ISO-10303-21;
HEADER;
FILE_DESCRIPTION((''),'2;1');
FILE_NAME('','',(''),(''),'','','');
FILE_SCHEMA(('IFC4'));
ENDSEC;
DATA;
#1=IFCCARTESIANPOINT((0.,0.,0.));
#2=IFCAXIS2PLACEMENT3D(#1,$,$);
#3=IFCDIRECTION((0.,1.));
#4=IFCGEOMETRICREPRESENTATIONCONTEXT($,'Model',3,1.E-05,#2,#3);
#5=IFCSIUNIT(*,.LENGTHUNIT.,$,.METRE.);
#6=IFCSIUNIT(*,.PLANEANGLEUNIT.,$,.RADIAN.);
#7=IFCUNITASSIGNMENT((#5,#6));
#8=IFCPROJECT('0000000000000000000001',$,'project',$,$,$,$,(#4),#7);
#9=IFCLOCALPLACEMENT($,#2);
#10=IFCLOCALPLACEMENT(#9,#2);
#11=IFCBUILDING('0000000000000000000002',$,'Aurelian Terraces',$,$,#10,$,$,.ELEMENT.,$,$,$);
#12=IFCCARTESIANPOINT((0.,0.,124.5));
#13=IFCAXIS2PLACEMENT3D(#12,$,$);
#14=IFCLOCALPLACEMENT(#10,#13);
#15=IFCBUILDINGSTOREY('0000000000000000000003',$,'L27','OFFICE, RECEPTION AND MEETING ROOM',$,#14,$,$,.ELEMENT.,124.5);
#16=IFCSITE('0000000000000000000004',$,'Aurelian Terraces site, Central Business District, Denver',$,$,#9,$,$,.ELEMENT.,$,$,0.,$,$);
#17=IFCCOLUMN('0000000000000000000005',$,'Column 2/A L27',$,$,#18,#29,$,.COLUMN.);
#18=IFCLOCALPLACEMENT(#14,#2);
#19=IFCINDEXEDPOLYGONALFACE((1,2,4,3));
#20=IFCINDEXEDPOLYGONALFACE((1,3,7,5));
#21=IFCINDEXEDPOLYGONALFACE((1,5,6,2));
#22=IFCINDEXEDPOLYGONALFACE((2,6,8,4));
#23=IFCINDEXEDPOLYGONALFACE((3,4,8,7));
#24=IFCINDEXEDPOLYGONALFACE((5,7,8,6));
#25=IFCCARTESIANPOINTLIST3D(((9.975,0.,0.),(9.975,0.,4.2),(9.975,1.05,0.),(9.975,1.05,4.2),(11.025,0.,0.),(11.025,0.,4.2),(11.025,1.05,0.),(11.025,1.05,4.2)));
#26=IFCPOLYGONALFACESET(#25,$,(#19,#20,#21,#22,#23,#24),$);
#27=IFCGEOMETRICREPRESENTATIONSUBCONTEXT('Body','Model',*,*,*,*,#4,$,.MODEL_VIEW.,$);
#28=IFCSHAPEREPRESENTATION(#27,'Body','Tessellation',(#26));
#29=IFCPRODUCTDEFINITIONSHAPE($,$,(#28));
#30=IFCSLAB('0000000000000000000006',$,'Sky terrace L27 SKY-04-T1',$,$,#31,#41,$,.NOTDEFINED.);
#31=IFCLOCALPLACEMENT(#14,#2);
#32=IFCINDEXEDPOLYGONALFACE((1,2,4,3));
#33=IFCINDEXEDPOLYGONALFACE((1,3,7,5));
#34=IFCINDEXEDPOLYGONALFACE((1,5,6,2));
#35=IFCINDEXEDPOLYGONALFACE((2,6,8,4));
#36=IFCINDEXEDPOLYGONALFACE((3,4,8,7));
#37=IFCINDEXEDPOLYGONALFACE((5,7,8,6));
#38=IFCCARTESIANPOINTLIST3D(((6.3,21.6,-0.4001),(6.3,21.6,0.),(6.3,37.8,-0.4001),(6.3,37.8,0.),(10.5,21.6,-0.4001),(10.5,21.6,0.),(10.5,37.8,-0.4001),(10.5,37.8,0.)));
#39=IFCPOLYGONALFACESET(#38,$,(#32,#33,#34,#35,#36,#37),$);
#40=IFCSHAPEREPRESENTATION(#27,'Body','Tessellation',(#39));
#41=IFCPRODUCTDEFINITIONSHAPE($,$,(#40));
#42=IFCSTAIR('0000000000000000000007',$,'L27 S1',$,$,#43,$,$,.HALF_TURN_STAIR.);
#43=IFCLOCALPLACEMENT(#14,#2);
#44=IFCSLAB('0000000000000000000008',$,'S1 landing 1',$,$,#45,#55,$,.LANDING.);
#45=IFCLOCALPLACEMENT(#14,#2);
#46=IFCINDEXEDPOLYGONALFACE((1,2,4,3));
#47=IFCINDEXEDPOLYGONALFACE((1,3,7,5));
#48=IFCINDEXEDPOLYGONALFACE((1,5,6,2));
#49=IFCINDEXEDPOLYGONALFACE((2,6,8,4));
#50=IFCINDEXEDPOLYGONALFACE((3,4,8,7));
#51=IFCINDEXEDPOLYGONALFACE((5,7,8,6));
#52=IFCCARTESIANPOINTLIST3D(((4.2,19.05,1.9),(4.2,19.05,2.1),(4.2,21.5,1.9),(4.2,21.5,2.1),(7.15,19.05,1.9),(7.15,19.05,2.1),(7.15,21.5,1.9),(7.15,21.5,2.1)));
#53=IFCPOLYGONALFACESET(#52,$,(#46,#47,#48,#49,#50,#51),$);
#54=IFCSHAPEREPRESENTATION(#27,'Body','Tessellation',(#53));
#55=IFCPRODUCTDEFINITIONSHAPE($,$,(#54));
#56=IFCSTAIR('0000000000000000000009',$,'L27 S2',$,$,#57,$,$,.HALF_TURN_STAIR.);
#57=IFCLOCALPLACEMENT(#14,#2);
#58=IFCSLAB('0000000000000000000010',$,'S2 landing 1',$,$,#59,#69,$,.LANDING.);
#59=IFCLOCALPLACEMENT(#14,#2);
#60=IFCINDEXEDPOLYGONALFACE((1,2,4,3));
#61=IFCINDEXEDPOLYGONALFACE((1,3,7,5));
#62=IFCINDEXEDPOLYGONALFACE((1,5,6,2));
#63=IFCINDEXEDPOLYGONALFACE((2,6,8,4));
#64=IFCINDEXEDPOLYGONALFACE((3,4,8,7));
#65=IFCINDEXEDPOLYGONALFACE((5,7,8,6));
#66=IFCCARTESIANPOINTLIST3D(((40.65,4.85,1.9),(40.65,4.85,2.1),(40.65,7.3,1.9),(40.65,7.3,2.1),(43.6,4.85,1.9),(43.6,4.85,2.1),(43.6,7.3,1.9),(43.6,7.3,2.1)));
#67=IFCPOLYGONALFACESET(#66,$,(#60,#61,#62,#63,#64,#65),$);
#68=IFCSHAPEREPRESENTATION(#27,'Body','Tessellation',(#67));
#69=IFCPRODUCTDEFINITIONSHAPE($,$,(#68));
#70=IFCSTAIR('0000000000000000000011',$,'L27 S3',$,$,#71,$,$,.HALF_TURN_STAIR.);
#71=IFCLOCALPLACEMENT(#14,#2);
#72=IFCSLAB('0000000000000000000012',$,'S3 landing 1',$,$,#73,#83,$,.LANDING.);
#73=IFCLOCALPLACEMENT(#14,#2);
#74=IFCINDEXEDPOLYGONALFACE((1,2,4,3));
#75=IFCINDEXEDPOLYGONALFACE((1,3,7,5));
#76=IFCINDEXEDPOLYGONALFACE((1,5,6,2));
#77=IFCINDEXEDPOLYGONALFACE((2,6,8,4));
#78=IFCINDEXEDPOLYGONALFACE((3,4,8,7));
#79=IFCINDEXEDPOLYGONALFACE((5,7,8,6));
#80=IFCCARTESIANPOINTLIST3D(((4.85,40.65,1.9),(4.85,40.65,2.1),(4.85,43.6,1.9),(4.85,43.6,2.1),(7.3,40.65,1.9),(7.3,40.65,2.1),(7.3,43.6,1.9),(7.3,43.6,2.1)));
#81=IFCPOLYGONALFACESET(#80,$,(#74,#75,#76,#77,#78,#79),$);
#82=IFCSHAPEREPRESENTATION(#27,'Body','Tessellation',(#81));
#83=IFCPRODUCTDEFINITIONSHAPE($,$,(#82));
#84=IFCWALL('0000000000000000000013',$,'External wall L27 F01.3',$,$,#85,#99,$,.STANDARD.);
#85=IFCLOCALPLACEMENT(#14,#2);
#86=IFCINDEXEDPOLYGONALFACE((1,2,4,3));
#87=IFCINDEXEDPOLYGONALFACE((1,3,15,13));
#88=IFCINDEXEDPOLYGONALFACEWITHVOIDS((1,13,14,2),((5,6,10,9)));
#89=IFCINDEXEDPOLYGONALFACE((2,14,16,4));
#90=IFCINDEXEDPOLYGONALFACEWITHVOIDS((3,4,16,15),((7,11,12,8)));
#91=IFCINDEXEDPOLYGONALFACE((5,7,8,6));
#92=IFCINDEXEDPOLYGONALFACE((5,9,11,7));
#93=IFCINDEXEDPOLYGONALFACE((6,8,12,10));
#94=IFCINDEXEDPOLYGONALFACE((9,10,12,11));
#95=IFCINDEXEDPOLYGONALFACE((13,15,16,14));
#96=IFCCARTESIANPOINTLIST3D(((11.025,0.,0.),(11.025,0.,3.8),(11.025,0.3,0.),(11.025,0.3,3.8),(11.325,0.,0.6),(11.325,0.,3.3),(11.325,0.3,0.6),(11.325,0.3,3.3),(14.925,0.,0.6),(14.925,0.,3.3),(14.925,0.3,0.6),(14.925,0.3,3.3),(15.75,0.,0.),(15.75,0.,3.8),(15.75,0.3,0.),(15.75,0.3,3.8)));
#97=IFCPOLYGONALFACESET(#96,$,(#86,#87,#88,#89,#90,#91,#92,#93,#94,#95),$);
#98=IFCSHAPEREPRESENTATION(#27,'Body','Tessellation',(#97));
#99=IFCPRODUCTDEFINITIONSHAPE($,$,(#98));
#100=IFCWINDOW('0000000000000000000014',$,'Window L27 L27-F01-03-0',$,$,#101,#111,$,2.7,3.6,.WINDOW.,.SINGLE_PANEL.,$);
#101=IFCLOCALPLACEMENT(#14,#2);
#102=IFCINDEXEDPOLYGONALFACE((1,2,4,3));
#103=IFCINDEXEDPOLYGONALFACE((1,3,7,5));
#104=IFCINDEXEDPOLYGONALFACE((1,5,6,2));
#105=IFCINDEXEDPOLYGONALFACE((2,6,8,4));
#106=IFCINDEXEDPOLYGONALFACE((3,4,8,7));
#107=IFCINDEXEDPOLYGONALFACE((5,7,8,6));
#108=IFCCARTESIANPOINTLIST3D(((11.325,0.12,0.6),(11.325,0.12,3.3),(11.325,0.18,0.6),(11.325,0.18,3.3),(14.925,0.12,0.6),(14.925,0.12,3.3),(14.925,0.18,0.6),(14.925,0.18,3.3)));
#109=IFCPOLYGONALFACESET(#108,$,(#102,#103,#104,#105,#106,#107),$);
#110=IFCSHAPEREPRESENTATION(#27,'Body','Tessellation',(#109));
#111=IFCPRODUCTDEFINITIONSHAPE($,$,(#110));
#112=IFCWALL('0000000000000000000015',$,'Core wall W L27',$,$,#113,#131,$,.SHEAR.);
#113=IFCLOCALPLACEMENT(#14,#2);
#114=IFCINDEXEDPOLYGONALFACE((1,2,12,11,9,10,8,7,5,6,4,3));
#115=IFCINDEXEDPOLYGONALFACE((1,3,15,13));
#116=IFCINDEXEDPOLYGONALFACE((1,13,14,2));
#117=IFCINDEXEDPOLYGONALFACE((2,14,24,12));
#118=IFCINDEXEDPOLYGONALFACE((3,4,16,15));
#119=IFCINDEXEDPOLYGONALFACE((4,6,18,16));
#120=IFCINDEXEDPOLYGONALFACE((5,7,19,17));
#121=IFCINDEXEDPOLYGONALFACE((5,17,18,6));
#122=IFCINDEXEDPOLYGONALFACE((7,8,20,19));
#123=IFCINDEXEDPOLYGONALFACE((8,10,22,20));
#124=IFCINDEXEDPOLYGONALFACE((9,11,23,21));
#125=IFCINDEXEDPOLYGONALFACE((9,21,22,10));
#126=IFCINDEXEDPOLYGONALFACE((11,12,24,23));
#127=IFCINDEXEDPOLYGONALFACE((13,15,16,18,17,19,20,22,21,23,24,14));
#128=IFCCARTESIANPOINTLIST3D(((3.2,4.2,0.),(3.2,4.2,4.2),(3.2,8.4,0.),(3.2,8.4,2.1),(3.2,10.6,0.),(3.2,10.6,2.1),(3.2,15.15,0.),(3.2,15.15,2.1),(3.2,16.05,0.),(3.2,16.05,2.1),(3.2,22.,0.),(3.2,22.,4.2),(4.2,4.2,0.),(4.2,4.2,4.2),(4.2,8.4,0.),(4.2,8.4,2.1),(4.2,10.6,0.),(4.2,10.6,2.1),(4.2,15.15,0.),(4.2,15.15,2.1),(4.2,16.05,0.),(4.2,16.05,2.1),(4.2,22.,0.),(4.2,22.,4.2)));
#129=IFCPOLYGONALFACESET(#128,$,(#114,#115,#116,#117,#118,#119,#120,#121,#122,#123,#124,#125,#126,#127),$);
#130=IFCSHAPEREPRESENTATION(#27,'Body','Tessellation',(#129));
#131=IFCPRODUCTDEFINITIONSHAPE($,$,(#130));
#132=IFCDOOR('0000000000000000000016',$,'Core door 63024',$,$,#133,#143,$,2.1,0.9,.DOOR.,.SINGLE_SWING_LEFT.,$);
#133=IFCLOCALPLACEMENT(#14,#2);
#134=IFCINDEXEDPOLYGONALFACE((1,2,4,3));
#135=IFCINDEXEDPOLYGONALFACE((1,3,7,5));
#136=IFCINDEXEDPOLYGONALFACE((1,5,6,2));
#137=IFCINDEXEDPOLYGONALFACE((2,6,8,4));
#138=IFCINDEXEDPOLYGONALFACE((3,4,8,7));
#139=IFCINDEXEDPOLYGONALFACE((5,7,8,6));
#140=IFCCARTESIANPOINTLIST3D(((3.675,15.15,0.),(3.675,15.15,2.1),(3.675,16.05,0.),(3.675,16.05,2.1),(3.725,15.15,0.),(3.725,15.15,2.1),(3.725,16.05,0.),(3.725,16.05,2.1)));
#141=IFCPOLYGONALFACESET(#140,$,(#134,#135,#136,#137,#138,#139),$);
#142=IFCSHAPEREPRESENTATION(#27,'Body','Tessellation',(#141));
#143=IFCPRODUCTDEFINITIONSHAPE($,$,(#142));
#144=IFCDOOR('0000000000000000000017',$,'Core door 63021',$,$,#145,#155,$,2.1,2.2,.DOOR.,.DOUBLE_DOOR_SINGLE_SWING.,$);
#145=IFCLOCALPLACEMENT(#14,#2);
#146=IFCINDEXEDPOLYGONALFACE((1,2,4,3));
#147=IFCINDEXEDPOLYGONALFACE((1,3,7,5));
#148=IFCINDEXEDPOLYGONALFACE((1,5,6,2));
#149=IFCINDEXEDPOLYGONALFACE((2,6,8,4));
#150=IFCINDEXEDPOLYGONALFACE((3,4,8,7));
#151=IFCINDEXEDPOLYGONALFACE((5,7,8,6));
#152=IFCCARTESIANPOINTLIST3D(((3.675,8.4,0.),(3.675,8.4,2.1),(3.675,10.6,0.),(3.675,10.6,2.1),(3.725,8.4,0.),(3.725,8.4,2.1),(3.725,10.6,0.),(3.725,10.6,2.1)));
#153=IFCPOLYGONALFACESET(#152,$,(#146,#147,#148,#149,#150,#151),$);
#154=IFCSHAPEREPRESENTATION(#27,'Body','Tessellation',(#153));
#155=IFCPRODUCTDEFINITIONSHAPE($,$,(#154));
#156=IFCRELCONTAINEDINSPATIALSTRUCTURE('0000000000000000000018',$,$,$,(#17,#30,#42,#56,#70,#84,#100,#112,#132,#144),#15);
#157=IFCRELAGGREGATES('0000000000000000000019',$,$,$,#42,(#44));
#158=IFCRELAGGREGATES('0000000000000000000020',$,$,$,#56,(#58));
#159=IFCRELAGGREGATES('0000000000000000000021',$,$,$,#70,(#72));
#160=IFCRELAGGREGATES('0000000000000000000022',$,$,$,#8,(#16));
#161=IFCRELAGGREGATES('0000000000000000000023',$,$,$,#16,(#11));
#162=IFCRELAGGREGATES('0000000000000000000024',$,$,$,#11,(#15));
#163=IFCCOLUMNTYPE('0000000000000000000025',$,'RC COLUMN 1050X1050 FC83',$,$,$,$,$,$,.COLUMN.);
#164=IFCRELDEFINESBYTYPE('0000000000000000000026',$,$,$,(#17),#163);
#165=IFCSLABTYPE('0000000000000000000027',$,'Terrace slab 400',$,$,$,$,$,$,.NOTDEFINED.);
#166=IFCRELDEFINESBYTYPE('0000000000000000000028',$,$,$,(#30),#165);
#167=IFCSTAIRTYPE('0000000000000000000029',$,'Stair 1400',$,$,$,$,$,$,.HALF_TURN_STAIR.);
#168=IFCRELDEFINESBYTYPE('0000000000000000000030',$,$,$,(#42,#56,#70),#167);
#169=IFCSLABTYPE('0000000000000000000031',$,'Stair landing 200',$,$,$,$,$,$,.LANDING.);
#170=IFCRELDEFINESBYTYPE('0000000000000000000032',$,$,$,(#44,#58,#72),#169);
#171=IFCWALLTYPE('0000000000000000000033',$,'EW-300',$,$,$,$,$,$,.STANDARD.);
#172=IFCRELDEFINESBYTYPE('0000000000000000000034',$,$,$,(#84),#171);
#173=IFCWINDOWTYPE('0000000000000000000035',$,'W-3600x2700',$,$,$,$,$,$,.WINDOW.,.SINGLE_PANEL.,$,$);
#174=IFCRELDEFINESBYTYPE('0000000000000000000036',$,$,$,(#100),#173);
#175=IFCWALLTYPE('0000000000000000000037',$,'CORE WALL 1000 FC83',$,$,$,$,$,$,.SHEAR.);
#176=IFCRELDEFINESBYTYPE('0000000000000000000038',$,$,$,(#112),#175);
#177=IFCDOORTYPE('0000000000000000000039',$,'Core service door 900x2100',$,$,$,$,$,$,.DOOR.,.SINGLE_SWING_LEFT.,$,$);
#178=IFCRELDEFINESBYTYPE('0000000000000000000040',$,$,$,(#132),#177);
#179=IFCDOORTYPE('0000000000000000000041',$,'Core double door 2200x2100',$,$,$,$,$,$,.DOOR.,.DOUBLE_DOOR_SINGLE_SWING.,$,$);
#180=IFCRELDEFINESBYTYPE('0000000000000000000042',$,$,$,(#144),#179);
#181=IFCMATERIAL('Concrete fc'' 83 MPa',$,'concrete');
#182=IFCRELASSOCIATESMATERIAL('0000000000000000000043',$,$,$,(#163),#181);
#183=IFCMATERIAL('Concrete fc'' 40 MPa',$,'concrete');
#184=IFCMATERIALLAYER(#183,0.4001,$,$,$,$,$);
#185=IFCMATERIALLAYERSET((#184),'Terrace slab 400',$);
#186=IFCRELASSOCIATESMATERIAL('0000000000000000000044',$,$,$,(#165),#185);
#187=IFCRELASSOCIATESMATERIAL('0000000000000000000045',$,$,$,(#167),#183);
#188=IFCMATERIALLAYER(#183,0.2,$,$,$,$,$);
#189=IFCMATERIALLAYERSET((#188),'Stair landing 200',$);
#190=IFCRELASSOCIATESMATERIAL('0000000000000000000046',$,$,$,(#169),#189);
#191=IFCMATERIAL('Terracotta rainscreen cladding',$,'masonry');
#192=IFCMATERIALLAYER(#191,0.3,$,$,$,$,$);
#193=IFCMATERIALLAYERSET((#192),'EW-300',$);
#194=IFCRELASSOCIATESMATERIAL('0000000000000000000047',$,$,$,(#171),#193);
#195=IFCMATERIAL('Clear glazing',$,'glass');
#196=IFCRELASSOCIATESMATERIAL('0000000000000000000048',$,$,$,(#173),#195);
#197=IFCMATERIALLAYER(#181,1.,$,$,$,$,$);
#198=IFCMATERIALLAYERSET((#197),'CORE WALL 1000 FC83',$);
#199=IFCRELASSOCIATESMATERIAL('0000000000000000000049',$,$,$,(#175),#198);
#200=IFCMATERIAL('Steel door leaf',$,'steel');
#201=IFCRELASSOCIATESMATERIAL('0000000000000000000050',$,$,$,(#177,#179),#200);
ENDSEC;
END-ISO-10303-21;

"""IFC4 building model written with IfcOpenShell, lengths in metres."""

from ifc_helpers import new_model, si_unit, direction, frame, frame_2d, origin, origin_2d, place, context, subcontext, project, spatial, polyline, rectangle, outline, extrude, source, transform, mapped, material, layer, layer_set, material_profile, profile_set, type_object, element, fill, aggregate, save


model = new_model("IFC4")

# Units and contexts
model_context = context("Model", 3, precision=1e-05, world=origin(), true_north=direction((0.0, 1.0)))
body_context = subcontext(model_context, "Body", "Model", "MODEL_VIEW")
ifc_project = project(units=[si_unit("LENGTHUNIT", "METRE"), si_unit("PLANEANGLEUNIT", "RADIAN")], contexts=[model_context])

# Site, building, storey
site_placement = place(None, origin())
site = spatial("IfcSite", under=ifc_project, at=site_placement, Name="Aurelian Terraces site, Central Business District, Denver", CompositionType="ELEMENT", RefElevation=0.0)
building_placement = place(site_placement, origin())
building = spatial("IfcBuilding", under=site, at=building_placement, Name="Aurelian Terraces", CompositionType="ELEMENT")
storey_placement = place(building_placement, frame((0.0, 0.0, 124.5)))
storey = spatial("IfcBuildingStorey", under=building, at=storey_placement, Name="L27", Description="OFFICE, RECEPTION AND MEETING ROOM", CompositionType="ELEMENT", Elevation=124.5)

# Column
ifc_material_1 = material(Name="Concrete fc' 83 MPa", Category="concrete")
ifc_material_profile = material_profile(ifc_material_1, rectangle(XDim=1.05, YDim=1.05, at=origin_2d()))
ifc_profile_set = profile_set([ifc_material_profile], Name="Concrete fc' 83 MPa")
column_type = type_object("IfcColumnType", Name="RC COLUMN 1050X1050 FC83", PredefinedType="COLUMN", material=ifc_profile_set)
shared_shape_1 = source(origin(), body_context, "Body", "SweptSolid", [
    extrude(rectangle(XDim=1.05, YDim=1.05, at=origin_2d()), origin(), (0.0, 0.0, 1.0), 4.2),
])
column_placement = place(storey_placement, frame((10.5, 0.525, 0.0), z_axis=(0.0, 0.0, 1.0), x_axis=(1.0, 0.0, 0.0)))
element("IfcColumn", 1, at=column_placement, inside=storey, type_object=column_type, Name="Column 2/A L27", PredefinedType="COLUMN", context=body_context, shape_type="MappedRepresentation", body=[
    mapped(shared_shape_1, transform((0.0, 0.0, 0.0), scale=1.0)),
])

# Slab
ifc_material_2 = material(Name="Concrete fc' 40 MPa", Category="concrete")
ifc_layer_1 = layer(ifc_material_2, 0.4001)
ifc_layer_set_1 = layer_set([ifc_layer_1], Name="Terrace slab 400")
slab_type_1 = type_object("IfcSlabType", Name="Terrace slab 400", PredefinedType="NOTDEFINED", material=ifc_layer_set_1)
slab_1_placement = place(storey_placement, frame((0.0, 0.0, -0.4001)))
element("IfcSlab", 2, at=slab_1_placement, inside=storey, type_object=slab_type_1, Name="Sky terrace L27 SKY-04-T1", PredefinedType="NOTDEFINED", context=body_context, shape_type="SweptSolid", body=[
    extrude(outline(polyline([(10.5, 21.6), (6.3, 21.6), (6.3, 37.8), (10.5, 37.8), (10.5, 21.6)])), origin(), (0.0, 0.0, 1.0), 0.4001),
])

# Stairs, slabs
stair_type = type_object("IfcStairType", Name="Stair 1400", PredefinedType="HALF_TURN_STAIR", material=ifc_material_2)
stair_1_placement = place(storey_placement, origin())
stair_1 = element("IfcStair", 3, at=stair_1_placement, inside=storey, type_object=stair_type, Name="L27 S1", PredefinedType="HALF_TURN_STAIR")
ifc_layer_2 = layer(ifc_material_2, 0.2)
ifc_layer_set_2 = layer_set([ifc_layer_2], Name="Stair landing 200")
slab_type_2 = type_object("IfcSlabType", Name="Stair landing 200", PredefinedType="LANDING", material=ifc_layer_set_2)
shared_shape_2 = source(origin(), body_context, "Body", "SweptSolid", [
    extrude(outline(polyline([(7.15, 19.05), (7.15, 21.5), (4.2, 21.5), (4.2, 19.05), (7.15, 19.05)])), origin(), (0.0, 0.0, 1.0), 0.2),
])
slab_2_placement = place(storey_placement, frame((0.0, 0.0, 1.9)))
slab_2 = element("IfcSlab", 4, at=slab_2_placement, type_object=slab_type_2, Name="S1 landing 1", PredefinedType="LANDING", context=body_context, shape_type="MappedRepresentation", body=[
    mapped(shared_shape_2, transform((0.0, 0.0, 0.0), scale=1.0)),
])
aggregate(stair_1, [slab_2])
stair_2_placement = place(storey_placement, origin())
stair_2 = element("IfcStair", 5, at=stair_2_placement, inside=storey, type_object=stair_type, Name="L27 S2", PredefinedType="HALF_TURN_STAIR")
shared_shape_3 = source(origin(), body_context, "Body", "SweptSolid", [
    extrude(outline(polyline([(43.6, 4.85), (43.6, 7.3), (40.65, 7.3), (40.65, 4.85), (43.6, 4.85)])), origin(), (0.0, 0.0, 1.0), 0.2),
])
slab_3_placement = place(storey_placement, frame((0.0, 0.0, 1.9)))
slab_3 = element("IfcSlab", 6, at=slab_3_placement, type_object=slab_type_2, Name="S2 landing 1", PredefinedType="LANDING", context=body_context, shape_type="MappedRepresentation", body=[
    mapped(shared_shape_3, transform((0.0, 0.0, 0.0), scale=1.0)),
])
aggregate(stair_2, [slab_3])
stair_3_placement = place(storey_placement, origin())
stair_3 = element("IfcStair", 7, at=stair_3_placement, inside=storey, type_object=stair_type, Name="L27 S3", PredefinedType="HALF_TURN_STAIR")
shared_shape_4 = source(origin(), body_context, "Body", "SweptSolid", [
    extrude(outline(polyline([(4.85, 40.65), (7.3, 40.65), (7.3, 43.6), (4.85, 43.6), (4.85, 40.65)])), origin(), (0.0, 0.0, 1.0), 0.2),
])
slab_4_placement = place(storey_placement, frame((0.0, 0.0, 1.9)))
slab_4 = element("IfcSlab", 8, at=slab_4_placement, type_object=slab_type_2, Name="S3 landing 1", PredefinedType="LANDING", context=body_context, shape_type="MappedRepresentation", body=[
    mapped(shared_shape_4, transform((0.0, 0.0, 0.0), scale=1.0)),
])
aggregate(stair_3, [slab_4])

# Wall, opening, window
ifc_material_3 = material(Name="Terracotta rainscreen cladding", Category="masonry")
ifc_layer_3 = layer(ifc_material_3, 0.3)
ifc_layer_set_3 = layer_set([ifc_layer_3], Name="EW-300")
wall_type_1 = type_object("IfcWallType", Name="EW-300", PredefinedType="STANDARD", material=ifc_layer_set_3)
wall_1_placement = place(storey_placement, frame((11.025, 0.15, 0.0), z_axis=(0.0, 0.0, 1.0), x_axis=(1.0, 0.0, 0.0)))
wall_1 = element("IfcWall", 9, at=wall_1_placement, inside=storey, type_object=wall_type_1, Name="External wall L27 F01.3", PredefinedType="STANDARD", context=body_context, shape_type="SweptSolid", body=[
    extrude(rectangle(XDim=4.725, YDim=0.3, at=frame_2d((2.3625, 0.0))), origin(), (0.0, 0.0, 1.0), 3.8),
])
shared_shape_5 = source(origin(), body_context, "Body", "SweptSolid", [
    extrude(rectangle(XDim=3.6, YDim=2.7, at=frame_2d((1.8, 1.35))), frame((0.0, 0.16, 0.0), z_axis=(0.0, -1.0, 0.0), x_axis=(1.0, 0.0, 0.0)), (0.0, 0.0, 1.0), 0.32),
])
opening_1_placement = place(wall_1_placement, frame((0.3, 0.0, 0.6)))
opening_1 = element("IfcOpeningElement", 10, at=opening_1_placement, cuts=wall_1, PredefinedType="OPENING", context=body_context, shape_type="MappedRepresentation", body=[
    mapped(shared_shape_5, transform((0.0, 0.0, 0.0), scale=1.0)),
])
ifc_material_4 = material(Name="Clear glazing", Category="glass")
window_type_1 = type_object("IfcWindowType", Name="W-3600x2700", PartitioningType="SINGLE_PANEL", PredefinedType="WINDOW", material=ifc_material_4)
shared_shape_6 = source(origin(), body_context, "Body", "SweptSolid", [
    extrude(rectangle(XDim=3.6, YDim=2.7, at=frame_2d((1.8, 1.35))), frame((0.0, 0.03, 0.0), z_axis=(0.0, -1.0, 0.0), x_axis=(1.0, 0.0, 0.0)), (0.0, 0.0, 1.0), 0.06),
])
window_1_placement = place(opening_1_placement, origin())
window_1 = element("IfcWindow", 11, at=window_1_placement, inside=storey, type_object=window_type_1, Name="Window L27 L27-F01-03-0", OverallHeight=2.7, OverallWidth=3.6, PartitioningType="SINGLE_PANEL", PredefinedType="WINDOW", context=body_context, shape_type="MappedRepresentation", body=[
    mapped(shared_shape_6, transform((0.0, 0.0, 0.0), scale=1.0)),
])
fill(opening_1, window_1)

# Wall, openings, doors
ifc_layer_4 = layer(ifc_material_1, 1.0)
ifc_layer_set_4 = layer_set([ifc_layer_4], Name="CORE WALL 1000 FC83")
wall_type_2 = type_object("IfcWallType", Name="CORE WALL 1000 FC83", PredefinedType="SHEAR", material=ifc_layer_set_4)
shared_shape_7 = source(origin(), body_context, "Body", "SweptSolid", [
    extrude(rectangle(XDim=17.8, YDim=1.0, at=frame_2d((8.9, 0.0))), origin(), (0.0, 0.0, 1.0), 4.2),
])
wall_2_placement = place(storey_placement, frame((3.7, 4.2, 0.0), z_axis=(0.0, 0.0, 1.0), x_axis=(0.0, 1.0, 0.0)))
wall_2 = element("IfcWall", 12, at=wall_2_placement, inside=storey, type_object=wall_type_2, Name="Core wall W L27", PredefinedType="SHEAR", context=body_context, shape_type="MappedRepresentation", body=[
    mapped(shared_shape_7, transform((0.0, 0.0, 0.0), scale=1.0)),
])
shared_shape_8 = source(origin(), body_context, "Body", "SweptSolid", [
    extrude(rectangle(XDim=2.2, YDim=2.1, at=frame_2d((1.1, 1.05))), frame((0.0, 0.51, 0.0), z_axis=(0.0, -1.0, 0.0), x_axis=(1.0, 0.0, 0.0)), (0.0, 0.0, 1.0), 1.02),
])
opening_2_placement = place(wall_2_placement, frame((4.2, 0.0, 0.0)))
opening_2 = element("IfcOpeningElement", 13, at=opening_2_placement, cuts=wall_2, PredefinedType="OPENING", context=body_context, shape_type="MappedRepresentation", body=[
    mapped(shared_shape_8, transform((0.0, 0.0, 0.0), scale=1.0)),
])
shared_shape_9 = source(origin(), body_context, "Body", "SweptSolid", [
    extrude(rectangle(XDim=0.9, YDim=2.1, at=frame_2d((0.45, 1.05))), frame((0.0, 0.51, 0.0), z_axis=(0.0, -1.0, 0.0), x_axis=(1.0, 0.0, 0.0)), (0.0, 0.0, 1.0), 1.02),
])
opening_3_placement = place(wall_2_placement, frame((10.95, 0.0, 0.0)))
opening_3 = element("IfcOpeningElement", 14, at=opening_3_placement, cuts=wall_2, PredefinedType="OPENING", context=body_context, shape_type="MappedRepresentation", body=[
    mapped(shared_shape_9, transform((0.0, 0.0, 0.0), scale=1.0)),
])
ifc_material_5 = material(Name="Steel door leaf", Category="steel")
door_type_1 = type_object("IfcDoorType", Name="Core service door 900x2100", OperationType="SINGLE_SWING_LEFT", PredefinedType="DOOR", material=ifc_material_5)
shared_shape_10 = source(origin(), body_context, "Body", "SweptSolid", [
    extrude(rectangle(XDim=0.9, YDim=2.1, at=frame_2d((0.45, 1.05))), frame((0.0, 0.025, 0.0), z_axis=(0.0, -1.0, 0.0), x_axis=(1.0, 0.0, 0.0)), (0.0, 0.0, 1.0), 0.05),
])
door_1_placement = place(opening_3_placement, origin())
door_1 = element("IfcDoor", 15, at=door_1_placement, inside=storey, type_object=door_type_1, Name="Core door 63024", OperationType="SINGLE_SWING_LEFT", OverallHeight=2.1, OverallWidth=0.9, PredefinedType="DOOR", context=body_context, shape_type="MappedRepresentation", body=[
    mapped(shared_shape_10, transform((0.0, 0.0, 0.0), scale=1.0)),
])
fill(opening_3, door_1)
door_type_2 = type_object("IfcDoorType", Name="Core double door 2200x2100", OperationType="DOUBLE_DOOR_SINGLE_SWING", PredefinedType="DOOR", material=ifc_material_5)
shared_shape_11 = source(origin(), body_context, "Body", "SweptSolid", [
    extrude(rectangle(XDim=2.2, YDim=2.1, at=frame_2d((1.1, 1.05))), frame((0.0, 0.025, 0.0), z_axis=(0.0, -1.0, 0.0), x_axis=(1.0, 0.0, 0.0)), (0.0, 0.0, 1.0), 0.05),
])
door_2_placement = place(opening_2_placement, origin())
door_2 = element("IfcDoor", 16, at=door_2_placement, inside=storey, type_object=door_type_2, Name="Core door 63021", OperationType="DOUBLE_DOOR_SINGLE_SWING", OverallHeight=2.1, OverallWidth=2.2, PredefinedType="DOOR", context=body_context, shape_type="MappedRepresentation", body=[
    mapped(shared_shape_11, transform((0.0, 0.0, 0.0), scale=1.0)),
])
fill(opening_2, door_2)

save(model, "model.ifc")
